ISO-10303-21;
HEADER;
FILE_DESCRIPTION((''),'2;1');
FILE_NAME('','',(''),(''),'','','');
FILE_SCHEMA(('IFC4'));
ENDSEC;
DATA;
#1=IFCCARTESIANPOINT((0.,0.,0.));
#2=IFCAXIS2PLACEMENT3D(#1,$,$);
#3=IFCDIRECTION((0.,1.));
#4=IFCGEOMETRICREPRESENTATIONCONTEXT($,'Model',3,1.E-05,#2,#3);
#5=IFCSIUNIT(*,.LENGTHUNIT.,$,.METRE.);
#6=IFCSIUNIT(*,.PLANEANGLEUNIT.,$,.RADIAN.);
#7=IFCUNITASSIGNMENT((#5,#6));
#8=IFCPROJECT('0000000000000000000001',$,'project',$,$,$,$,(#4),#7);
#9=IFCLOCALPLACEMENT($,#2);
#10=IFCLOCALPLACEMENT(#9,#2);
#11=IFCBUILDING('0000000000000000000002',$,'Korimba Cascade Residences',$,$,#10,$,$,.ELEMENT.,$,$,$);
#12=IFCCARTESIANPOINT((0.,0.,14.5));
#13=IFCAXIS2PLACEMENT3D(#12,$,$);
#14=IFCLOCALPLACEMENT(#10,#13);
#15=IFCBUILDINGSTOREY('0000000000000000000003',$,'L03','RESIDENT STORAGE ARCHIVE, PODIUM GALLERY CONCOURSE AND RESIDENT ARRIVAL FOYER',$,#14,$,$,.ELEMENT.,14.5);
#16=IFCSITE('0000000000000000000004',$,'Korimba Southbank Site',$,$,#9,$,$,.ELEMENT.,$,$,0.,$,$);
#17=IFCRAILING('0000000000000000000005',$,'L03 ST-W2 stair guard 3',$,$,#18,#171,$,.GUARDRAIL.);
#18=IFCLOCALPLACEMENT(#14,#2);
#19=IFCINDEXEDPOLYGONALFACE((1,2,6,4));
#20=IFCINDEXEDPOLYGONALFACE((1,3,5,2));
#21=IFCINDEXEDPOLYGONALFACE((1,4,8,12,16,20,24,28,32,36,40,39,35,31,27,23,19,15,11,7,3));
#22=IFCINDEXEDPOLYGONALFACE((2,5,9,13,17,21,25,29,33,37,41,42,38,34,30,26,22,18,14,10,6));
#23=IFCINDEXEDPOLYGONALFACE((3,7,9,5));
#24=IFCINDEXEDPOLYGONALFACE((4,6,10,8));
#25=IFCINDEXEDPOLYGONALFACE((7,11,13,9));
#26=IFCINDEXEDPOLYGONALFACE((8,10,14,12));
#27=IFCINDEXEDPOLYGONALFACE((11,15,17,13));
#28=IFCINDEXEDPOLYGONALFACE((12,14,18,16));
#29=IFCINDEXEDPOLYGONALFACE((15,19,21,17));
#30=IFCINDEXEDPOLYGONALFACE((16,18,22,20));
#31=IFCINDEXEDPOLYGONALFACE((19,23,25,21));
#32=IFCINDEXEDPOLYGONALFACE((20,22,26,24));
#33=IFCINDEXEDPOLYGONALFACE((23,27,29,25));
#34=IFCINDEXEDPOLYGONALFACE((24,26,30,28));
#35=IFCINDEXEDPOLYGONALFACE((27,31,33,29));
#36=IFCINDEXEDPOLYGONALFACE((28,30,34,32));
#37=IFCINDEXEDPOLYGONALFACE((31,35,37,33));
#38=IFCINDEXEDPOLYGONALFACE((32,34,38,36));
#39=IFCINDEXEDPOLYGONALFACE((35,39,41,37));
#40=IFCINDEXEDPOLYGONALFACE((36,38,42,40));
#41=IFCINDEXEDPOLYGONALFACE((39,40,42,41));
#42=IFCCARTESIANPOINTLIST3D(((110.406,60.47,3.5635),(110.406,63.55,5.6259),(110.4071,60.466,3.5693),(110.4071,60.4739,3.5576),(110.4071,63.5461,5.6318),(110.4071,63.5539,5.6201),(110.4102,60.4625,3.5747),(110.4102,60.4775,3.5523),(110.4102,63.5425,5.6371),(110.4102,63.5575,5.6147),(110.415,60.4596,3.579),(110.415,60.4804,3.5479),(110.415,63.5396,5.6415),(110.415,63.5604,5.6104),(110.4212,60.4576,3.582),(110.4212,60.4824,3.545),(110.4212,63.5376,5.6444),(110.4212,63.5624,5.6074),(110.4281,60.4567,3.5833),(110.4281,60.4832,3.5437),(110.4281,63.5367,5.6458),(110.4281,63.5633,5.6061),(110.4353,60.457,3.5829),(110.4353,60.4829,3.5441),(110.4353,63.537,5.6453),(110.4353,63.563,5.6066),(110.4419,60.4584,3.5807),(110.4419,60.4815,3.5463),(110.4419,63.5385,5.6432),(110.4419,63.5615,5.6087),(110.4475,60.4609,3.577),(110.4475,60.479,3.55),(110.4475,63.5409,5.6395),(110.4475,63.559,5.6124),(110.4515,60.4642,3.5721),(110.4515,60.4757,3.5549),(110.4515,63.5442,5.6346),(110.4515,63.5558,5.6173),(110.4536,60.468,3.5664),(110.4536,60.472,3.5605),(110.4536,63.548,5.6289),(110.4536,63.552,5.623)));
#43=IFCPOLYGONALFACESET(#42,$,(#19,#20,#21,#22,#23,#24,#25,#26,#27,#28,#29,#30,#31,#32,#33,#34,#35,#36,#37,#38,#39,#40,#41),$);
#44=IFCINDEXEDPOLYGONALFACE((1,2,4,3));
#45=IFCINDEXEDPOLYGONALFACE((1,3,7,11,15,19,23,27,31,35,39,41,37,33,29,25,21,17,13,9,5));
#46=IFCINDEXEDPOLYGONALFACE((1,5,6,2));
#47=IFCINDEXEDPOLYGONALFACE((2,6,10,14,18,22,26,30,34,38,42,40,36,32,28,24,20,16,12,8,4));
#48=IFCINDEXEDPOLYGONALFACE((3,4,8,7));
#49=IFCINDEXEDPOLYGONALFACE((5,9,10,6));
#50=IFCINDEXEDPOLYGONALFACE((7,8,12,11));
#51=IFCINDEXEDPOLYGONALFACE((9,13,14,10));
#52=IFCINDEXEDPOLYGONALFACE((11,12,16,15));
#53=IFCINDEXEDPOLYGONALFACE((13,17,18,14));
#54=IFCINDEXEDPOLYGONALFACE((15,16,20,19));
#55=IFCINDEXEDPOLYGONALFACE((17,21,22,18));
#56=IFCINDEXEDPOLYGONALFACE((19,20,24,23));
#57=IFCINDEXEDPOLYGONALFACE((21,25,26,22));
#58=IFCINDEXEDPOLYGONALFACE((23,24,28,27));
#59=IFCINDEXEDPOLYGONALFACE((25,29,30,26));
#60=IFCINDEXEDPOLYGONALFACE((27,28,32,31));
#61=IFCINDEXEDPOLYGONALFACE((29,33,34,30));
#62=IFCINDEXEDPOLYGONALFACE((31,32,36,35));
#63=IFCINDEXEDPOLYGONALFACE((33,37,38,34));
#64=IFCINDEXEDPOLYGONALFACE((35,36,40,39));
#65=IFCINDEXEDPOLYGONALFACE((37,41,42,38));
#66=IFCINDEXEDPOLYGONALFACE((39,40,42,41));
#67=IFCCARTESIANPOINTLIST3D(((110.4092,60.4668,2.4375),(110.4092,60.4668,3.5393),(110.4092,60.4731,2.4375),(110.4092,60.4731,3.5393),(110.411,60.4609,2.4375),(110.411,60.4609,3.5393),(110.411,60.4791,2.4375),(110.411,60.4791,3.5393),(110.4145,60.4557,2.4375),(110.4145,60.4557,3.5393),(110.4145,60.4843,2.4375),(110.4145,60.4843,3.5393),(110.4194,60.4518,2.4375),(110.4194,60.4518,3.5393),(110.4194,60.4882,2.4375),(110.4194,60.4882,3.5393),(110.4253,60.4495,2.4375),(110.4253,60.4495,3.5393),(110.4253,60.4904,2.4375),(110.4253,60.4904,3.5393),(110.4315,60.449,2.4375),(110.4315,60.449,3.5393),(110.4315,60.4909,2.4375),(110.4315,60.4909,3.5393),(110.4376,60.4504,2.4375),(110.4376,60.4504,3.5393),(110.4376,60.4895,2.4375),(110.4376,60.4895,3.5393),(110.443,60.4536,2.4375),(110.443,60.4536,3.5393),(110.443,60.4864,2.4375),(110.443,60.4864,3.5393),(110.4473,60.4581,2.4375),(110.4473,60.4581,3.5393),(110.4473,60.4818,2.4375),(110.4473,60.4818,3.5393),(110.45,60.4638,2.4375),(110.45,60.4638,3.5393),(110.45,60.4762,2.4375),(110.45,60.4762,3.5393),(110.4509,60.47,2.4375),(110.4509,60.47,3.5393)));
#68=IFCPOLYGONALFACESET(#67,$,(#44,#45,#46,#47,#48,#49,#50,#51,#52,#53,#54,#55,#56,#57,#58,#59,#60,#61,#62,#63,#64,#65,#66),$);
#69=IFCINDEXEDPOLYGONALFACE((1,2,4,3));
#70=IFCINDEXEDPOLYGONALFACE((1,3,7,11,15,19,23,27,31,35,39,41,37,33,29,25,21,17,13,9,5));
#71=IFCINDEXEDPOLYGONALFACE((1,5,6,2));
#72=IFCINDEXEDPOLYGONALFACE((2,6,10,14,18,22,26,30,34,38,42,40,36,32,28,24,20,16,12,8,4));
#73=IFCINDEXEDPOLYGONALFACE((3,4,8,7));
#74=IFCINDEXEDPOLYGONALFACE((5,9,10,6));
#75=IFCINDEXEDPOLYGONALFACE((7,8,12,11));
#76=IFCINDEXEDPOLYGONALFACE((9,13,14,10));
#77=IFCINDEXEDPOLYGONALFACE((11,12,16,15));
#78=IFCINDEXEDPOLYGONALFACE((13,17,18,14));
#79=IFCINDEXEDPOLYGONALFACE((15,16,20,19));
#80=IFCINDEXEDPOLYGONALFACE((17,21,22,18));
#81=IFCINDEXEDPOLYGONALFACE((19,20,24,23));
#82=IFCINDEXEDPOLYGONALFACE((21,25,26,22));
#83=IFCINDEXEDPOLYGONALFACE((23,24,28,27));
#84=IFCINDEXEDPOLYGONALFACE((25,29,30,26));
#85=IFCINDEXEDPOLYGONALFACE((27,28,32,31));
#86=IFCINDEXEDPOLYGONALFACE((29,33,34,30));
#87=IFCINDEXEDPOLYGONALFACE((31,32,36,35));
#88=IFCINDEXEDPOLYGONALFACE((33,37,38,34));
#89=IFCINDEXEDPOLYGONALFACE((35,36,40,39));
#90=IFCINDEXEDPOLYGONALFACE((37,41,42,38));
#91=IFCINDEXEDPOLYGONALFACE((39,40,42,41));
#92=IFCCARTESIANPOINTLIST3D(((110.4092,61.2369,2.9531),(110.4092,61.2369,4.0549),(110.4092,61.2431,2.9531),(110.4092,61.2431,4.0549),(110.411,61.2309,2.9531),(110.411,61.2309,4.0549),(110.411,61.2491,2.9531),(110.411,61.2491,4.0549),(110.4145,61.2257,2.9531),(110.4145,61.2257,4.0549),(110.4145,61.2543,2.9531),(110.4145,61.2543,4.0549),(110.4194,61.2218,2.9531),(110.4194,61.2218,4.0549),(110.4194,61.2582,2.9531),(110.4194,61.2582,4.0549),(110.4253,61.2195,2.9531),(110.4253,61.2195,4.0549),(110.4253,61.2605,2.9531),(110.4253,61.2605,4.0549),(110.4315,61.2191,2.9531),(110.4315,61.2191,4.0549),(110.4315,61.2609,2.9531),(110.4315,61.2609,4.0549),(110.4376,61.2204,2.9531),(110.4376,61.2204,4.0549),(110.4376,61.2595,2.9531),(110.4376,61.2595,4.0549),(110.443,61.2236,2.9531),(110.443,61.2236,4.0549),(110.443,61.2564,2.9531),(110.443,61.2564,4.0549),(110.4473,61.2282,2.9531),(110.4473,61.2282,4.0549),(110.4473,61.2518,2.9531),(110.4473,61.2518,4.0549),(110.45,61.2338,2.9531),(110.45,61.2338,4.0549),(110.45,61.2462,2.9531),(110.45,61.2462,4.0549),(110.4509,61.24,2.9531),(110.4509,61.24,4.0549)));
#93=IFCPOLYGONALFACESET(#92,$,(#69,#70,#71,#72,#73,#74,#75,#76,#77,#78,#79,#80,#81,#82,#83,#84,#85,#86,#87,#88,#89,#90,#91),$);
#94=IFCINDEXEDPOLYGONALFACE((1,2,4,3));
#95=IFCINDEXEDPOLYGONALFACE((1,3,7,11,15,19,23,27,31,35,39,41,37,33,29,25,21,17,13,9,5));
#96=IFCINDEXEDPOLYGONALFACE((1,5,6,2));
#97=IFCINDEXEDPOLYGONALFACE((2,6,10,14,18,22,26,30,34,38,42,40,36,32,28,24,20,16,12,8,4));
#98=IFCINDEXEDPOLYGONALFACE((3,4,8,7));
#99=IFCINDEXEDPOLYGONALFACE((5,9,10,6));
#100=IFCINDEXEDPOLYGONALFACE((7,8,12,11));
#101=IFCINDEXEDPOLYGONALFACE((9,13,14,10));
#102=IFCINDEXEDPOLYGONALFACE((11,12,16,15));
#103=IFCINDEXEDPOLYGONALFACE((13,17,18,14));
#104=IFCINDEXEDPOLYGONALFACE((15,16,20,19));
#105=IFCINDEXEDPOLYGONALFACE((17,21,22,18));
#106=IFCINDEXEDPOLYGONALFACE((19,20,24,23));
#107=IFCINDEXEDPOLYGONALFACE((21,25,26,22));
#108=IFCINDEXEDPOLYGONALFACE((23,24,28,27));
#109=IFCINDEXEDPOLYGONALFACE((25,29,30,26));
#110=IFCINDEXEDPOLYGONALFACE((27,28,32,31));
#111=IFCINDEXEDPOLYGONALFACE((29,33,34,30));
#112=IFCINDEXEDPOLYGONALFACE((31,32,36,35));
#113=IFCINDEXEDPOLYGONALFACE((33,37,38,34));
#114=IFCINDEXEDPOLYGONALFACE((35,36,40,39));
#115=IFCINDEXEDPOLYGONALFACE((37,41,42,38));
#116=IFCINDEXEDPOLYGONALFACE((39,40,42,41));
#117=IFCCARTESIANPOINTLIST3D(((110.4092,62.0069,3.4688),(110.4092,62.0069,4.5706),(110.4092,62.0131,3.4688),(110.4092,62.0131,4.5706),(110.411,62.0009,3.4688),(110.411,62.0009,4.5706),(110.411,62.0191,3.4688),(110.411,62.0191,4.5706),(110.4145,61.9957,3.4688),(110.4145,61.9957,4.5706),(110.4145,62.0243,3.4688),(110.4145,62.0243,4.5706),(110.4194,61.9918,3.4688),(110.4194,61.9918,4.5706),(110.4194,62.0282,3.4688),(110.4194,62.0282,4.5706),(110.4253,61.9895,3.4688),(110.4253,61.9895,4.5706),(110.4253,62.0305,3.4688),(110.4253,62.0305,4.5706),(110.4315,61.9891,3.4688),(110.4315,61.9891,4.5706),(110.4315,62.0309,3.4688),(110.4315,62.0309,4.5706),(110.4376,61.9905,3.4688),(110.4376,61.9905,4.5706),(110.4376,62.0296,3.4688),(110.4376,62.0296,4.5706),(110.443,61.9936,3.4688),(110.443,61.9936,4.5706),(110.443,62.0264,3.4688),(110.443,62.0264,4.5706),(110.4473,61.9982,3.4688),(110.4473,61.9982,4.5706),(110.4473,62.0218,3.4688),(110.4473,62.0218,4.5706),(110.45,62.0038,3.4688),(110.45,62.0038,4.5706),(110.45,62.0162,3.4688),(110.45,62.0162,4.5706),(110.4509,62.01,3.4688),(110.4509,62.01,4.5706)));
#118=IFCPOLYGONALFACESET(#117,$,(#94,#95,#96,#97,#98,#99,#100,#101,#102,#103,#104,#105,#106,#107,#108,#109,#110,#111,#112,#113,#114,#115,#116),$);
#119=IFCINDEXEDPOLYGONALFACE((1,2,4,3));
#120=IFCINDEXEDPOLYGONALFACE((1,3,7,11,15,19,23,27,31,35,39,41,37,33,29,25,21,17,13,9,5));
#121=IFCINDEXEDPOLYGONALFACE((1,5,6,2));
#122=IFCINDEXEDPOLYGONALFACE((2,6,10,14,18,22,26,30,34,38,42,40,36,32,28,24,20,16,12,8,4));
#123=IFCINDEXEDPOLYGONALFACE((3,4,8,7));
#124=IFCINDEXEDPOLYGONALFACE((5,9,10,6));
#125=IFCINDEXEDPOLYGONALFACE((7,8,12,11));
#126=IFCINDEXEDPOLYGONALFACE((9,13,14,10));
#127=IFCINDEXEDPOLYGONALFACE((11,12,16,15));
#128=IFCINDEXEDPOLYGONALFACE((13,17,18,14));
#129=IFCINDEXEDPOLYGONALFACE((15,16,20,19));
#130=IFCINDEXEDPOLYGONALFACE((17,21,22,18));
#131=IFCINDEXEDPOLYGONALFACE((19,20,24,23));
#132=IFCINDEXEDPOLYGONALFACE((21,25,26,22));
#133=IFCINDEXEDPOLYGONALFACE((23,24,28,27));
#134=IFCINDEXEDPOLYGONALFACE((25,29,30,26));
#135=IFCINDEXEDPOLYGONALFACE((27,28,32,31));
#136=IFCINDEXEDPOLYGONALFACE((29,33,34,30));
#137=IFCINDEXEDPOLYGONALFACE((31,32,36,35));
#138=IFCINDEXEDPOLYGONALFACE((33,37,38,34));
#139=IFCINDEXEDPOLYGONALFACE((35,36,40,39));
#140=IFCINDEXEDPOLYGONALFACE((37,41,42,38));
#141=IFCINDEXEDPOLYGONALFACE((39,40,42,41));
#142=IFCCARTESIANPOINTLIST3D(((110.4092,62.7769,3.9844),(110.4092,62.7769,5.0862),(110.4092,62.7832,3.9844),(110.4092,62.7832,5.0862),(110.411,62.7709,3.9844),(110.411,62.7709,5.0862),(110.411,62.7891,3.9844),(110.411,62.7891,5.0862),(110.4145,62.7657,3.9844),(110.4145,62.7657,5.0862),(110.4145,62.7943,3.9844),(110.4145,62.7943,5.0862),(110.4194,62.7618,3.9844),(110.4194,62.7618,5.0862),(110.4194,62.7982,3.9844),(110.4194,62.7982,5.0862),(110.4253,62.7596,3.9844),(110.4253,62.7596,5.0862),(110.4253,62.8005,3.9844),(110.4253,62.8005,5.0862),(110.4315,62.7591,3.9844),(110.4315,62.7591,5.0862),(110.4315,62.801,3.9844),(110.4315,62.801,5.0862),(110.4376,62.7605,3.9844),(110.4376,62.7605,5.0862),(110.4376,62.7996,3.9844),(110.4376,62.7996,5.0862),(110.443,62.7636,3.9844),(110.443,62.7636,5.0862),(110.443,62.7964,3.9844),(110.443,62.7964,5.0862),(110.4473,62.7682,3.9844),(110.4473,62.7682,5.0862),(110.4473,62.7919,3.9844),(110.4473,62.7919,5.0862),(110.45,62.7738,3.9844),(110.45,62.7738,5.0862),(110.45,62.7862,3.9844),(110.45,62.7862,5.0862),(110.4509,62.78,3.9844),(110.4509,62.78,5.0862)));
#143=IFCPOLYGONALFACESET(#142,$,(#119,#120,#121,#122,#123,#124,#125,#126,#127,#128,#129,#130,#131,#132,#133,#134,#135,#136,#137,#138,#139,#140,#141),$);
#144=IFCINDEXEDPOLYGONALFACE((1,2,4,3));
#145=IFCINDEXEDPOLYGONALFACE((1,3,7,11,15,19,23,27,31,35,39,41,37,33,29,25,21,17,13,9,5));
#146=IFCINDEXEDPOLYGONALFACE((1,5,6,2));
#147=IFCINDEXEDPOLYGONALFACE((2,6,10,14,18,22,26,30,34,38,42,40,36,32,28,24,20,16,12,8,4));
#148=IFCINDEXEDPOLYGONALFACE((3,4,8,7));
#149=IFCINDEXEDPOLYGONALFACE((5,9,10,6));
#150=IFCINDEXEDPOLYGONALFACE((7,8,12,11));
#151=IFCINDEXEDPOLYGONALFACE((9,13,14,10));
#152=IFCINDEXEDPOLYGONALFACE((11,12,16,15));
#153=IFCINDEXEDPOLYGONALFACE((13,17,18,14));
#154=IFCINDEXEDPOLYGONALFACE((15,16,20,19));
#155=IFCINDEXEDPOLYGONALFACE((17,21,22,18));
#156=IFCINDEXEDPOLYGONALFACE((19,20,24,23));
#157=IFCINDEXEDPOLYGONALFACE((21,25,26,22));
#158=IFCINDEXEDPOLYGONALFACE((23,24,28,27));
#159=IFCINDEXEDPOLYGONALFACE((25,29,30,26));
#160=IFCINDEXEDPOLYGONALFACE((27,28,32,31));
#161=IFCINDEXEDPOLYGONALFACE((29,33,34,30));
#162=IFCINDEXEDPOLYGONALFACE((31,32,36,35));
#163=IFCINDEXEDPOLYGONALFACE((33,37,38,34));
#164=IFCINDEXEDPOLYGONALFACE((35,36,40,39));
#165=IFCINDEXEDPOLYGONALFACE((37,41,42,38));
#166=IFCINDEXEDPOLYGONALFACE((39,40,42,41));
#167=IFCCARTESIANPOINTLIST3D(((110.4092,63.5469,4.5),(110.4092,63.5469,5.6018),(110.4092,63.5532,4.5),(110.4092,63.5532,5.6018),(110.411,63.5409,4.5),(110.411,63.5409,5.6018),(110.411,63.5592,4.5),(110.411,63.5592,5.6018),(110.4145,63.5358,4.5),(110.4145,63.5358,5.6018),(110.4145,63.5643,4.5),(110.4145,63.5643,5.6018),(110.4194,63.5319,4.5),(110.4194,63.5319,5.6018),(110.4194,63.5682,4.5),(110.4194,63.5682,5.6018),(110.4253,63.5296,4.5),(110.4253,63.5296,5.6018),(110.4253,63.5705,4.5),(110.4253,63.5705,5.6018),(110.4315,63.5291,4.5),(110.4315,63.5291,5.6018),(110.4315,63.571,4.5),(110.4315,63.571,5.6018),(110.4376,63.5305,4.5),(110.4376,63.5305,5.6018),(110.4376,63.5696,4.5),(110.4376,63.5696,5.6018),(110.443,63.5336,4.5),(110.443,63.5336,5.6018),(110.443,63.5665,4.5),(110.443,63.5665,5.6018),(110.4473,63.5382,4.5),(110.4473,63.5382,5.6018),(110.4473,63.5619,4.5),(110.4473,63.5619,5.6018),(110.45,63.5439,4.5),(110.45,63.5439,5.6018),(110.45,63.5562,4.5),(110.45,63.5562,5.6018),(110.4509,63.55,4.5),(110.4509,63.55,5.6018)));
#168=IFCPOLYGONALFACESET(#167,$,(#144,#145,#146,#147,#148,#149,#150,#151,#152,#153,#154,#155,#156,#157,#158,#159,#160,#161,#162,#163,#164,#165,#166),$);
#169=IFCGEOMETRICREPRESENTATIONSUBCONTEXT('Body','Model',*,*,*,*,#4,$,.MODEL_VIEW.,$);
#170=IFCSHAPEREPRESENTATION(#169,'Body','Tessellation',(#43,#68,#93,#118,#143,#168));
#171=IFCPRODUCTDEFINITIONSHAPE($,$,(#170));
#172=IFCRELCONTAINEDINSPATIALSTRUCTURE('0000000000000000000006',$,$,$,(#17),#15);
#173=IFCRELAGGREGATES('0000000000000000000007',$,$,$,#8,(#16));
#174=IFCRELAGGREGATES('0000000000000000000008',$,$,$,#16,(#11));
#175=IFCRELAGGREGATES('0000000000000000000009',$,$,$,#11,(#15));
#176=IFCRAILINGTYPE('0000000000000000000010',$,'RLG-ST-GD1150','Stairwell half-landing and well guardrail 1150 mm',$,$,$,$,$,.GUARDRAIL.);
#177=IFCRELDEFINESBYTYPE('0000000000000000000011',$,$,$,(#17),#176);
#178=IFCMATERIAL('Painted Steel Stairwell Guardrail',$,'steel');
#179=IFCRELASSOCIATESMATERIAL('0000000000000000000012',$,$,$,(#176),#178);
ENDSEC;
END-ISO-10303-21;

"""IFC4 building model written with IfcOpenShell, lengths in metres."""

from ifc_helpers import new_model, si_unit, direction, frame, origin, origin_2d, place, context, subcontext, project, spatial, circle, extrude, material, type_object, element, save


model = new_model("IFC4")

# Units and contexts
model_context = context("Model", 3, precision=1e-05, world=origin(), true_north=direction((0.0, 1.0)))
body_context = subcontext(model_context, "Body", "Model", "MODEL_VIEW")
ifc_project = project(units=[si_unit("LENGTHUNIT", "METRE"), si_unit("PLANEANGLEUNIT", "RADIAN")], contexts=[model_context])

# Site, building, storey
site_placement = place(None, origin())
site = spatial("IfcSite", under=ifc_project, at=site_placement, Name="Korimba Southbank Site", CompositionType="ELEMENT", RefElevation=0.0)
building_placement = place(site_placement, origin())
building = spatial("IfcBuilding", under=site, at=building_placement, Name="Korimba Cascade Residences", CompositionType="ELEMENT")
storey_placement = place(building_placement, frame((0.0, 0.0, 14.5)))
storey = spatial("IfcBuildingStorey", under=building, at=storey_placement, Name="L03", Description="RESIDENT STORAGE ARCHIVE, PODIUM GALLERY CONCOURSE AND RESIDENT ARRIVAL FOYER", CompositionType="ELEMENT", Elevation=14.5)

# Railing
ifc_material_1 = material(Name="Painted Steel Stairwell Guardrail", Category="steel")
railing_type_1 = type_object("IfcRailingType", Name="RLG-ST-GD1150", Description="Stairwell half-landing and well guardrail 1150 mm", PredefinedType="GUARDRAIL", material=ifc_material_1)
railing_1_placement = place(storey_placement, frame((110.4299, 60.47, 2.4375)))
element("IfcRailing", 1, at=railing_1_placement, inside=storey, type_object=railing_type_1, Name="L03 ST-W2 stair guard 3", PredefinedType="GUARDRAIL", context=body_context, shape_type="SweptSolid", body=[
    extrude(circle(Radius=0.0239, at=origin_2d()), frame((0.0, 0.0, 1.126), z_axis=(0.0, 0.830914, 0.556401), x_axis=(-1.0, 0.0, 0.0)), (0.0, 0.0, 1.0), 3.7068),
    extrude(circle(Radius=0.021, at=origin_2d()), origin(), (0.0, 0.0, 1.0), 1.1018),
    extrude(circle(Radius=0.021, at=origin_2d()), frame((0.0, 0.77, 0.5156)), (0.0, 0.0, 1.0), 1.1018),
    extrude(circle(Radius=0.021, at=origin_2d()), frame((0.0, 1.54, 1.0312)), (0.0, 0.0, 1.0), 1.1018),
    extrude(circle(Radius=0.021, at=origin_2d()), frame((0.0, 2.3101, 1.5469)), (0.0, 0.0, 1.0), 1.1018),
    extrude(circle(Radius=0.021, at=origin_2d()), frame((0.0, 3.0801, 2.0625)), (0.0, 0.0, 1.0), 1.1018),
])

save(model, "model.ifc")
